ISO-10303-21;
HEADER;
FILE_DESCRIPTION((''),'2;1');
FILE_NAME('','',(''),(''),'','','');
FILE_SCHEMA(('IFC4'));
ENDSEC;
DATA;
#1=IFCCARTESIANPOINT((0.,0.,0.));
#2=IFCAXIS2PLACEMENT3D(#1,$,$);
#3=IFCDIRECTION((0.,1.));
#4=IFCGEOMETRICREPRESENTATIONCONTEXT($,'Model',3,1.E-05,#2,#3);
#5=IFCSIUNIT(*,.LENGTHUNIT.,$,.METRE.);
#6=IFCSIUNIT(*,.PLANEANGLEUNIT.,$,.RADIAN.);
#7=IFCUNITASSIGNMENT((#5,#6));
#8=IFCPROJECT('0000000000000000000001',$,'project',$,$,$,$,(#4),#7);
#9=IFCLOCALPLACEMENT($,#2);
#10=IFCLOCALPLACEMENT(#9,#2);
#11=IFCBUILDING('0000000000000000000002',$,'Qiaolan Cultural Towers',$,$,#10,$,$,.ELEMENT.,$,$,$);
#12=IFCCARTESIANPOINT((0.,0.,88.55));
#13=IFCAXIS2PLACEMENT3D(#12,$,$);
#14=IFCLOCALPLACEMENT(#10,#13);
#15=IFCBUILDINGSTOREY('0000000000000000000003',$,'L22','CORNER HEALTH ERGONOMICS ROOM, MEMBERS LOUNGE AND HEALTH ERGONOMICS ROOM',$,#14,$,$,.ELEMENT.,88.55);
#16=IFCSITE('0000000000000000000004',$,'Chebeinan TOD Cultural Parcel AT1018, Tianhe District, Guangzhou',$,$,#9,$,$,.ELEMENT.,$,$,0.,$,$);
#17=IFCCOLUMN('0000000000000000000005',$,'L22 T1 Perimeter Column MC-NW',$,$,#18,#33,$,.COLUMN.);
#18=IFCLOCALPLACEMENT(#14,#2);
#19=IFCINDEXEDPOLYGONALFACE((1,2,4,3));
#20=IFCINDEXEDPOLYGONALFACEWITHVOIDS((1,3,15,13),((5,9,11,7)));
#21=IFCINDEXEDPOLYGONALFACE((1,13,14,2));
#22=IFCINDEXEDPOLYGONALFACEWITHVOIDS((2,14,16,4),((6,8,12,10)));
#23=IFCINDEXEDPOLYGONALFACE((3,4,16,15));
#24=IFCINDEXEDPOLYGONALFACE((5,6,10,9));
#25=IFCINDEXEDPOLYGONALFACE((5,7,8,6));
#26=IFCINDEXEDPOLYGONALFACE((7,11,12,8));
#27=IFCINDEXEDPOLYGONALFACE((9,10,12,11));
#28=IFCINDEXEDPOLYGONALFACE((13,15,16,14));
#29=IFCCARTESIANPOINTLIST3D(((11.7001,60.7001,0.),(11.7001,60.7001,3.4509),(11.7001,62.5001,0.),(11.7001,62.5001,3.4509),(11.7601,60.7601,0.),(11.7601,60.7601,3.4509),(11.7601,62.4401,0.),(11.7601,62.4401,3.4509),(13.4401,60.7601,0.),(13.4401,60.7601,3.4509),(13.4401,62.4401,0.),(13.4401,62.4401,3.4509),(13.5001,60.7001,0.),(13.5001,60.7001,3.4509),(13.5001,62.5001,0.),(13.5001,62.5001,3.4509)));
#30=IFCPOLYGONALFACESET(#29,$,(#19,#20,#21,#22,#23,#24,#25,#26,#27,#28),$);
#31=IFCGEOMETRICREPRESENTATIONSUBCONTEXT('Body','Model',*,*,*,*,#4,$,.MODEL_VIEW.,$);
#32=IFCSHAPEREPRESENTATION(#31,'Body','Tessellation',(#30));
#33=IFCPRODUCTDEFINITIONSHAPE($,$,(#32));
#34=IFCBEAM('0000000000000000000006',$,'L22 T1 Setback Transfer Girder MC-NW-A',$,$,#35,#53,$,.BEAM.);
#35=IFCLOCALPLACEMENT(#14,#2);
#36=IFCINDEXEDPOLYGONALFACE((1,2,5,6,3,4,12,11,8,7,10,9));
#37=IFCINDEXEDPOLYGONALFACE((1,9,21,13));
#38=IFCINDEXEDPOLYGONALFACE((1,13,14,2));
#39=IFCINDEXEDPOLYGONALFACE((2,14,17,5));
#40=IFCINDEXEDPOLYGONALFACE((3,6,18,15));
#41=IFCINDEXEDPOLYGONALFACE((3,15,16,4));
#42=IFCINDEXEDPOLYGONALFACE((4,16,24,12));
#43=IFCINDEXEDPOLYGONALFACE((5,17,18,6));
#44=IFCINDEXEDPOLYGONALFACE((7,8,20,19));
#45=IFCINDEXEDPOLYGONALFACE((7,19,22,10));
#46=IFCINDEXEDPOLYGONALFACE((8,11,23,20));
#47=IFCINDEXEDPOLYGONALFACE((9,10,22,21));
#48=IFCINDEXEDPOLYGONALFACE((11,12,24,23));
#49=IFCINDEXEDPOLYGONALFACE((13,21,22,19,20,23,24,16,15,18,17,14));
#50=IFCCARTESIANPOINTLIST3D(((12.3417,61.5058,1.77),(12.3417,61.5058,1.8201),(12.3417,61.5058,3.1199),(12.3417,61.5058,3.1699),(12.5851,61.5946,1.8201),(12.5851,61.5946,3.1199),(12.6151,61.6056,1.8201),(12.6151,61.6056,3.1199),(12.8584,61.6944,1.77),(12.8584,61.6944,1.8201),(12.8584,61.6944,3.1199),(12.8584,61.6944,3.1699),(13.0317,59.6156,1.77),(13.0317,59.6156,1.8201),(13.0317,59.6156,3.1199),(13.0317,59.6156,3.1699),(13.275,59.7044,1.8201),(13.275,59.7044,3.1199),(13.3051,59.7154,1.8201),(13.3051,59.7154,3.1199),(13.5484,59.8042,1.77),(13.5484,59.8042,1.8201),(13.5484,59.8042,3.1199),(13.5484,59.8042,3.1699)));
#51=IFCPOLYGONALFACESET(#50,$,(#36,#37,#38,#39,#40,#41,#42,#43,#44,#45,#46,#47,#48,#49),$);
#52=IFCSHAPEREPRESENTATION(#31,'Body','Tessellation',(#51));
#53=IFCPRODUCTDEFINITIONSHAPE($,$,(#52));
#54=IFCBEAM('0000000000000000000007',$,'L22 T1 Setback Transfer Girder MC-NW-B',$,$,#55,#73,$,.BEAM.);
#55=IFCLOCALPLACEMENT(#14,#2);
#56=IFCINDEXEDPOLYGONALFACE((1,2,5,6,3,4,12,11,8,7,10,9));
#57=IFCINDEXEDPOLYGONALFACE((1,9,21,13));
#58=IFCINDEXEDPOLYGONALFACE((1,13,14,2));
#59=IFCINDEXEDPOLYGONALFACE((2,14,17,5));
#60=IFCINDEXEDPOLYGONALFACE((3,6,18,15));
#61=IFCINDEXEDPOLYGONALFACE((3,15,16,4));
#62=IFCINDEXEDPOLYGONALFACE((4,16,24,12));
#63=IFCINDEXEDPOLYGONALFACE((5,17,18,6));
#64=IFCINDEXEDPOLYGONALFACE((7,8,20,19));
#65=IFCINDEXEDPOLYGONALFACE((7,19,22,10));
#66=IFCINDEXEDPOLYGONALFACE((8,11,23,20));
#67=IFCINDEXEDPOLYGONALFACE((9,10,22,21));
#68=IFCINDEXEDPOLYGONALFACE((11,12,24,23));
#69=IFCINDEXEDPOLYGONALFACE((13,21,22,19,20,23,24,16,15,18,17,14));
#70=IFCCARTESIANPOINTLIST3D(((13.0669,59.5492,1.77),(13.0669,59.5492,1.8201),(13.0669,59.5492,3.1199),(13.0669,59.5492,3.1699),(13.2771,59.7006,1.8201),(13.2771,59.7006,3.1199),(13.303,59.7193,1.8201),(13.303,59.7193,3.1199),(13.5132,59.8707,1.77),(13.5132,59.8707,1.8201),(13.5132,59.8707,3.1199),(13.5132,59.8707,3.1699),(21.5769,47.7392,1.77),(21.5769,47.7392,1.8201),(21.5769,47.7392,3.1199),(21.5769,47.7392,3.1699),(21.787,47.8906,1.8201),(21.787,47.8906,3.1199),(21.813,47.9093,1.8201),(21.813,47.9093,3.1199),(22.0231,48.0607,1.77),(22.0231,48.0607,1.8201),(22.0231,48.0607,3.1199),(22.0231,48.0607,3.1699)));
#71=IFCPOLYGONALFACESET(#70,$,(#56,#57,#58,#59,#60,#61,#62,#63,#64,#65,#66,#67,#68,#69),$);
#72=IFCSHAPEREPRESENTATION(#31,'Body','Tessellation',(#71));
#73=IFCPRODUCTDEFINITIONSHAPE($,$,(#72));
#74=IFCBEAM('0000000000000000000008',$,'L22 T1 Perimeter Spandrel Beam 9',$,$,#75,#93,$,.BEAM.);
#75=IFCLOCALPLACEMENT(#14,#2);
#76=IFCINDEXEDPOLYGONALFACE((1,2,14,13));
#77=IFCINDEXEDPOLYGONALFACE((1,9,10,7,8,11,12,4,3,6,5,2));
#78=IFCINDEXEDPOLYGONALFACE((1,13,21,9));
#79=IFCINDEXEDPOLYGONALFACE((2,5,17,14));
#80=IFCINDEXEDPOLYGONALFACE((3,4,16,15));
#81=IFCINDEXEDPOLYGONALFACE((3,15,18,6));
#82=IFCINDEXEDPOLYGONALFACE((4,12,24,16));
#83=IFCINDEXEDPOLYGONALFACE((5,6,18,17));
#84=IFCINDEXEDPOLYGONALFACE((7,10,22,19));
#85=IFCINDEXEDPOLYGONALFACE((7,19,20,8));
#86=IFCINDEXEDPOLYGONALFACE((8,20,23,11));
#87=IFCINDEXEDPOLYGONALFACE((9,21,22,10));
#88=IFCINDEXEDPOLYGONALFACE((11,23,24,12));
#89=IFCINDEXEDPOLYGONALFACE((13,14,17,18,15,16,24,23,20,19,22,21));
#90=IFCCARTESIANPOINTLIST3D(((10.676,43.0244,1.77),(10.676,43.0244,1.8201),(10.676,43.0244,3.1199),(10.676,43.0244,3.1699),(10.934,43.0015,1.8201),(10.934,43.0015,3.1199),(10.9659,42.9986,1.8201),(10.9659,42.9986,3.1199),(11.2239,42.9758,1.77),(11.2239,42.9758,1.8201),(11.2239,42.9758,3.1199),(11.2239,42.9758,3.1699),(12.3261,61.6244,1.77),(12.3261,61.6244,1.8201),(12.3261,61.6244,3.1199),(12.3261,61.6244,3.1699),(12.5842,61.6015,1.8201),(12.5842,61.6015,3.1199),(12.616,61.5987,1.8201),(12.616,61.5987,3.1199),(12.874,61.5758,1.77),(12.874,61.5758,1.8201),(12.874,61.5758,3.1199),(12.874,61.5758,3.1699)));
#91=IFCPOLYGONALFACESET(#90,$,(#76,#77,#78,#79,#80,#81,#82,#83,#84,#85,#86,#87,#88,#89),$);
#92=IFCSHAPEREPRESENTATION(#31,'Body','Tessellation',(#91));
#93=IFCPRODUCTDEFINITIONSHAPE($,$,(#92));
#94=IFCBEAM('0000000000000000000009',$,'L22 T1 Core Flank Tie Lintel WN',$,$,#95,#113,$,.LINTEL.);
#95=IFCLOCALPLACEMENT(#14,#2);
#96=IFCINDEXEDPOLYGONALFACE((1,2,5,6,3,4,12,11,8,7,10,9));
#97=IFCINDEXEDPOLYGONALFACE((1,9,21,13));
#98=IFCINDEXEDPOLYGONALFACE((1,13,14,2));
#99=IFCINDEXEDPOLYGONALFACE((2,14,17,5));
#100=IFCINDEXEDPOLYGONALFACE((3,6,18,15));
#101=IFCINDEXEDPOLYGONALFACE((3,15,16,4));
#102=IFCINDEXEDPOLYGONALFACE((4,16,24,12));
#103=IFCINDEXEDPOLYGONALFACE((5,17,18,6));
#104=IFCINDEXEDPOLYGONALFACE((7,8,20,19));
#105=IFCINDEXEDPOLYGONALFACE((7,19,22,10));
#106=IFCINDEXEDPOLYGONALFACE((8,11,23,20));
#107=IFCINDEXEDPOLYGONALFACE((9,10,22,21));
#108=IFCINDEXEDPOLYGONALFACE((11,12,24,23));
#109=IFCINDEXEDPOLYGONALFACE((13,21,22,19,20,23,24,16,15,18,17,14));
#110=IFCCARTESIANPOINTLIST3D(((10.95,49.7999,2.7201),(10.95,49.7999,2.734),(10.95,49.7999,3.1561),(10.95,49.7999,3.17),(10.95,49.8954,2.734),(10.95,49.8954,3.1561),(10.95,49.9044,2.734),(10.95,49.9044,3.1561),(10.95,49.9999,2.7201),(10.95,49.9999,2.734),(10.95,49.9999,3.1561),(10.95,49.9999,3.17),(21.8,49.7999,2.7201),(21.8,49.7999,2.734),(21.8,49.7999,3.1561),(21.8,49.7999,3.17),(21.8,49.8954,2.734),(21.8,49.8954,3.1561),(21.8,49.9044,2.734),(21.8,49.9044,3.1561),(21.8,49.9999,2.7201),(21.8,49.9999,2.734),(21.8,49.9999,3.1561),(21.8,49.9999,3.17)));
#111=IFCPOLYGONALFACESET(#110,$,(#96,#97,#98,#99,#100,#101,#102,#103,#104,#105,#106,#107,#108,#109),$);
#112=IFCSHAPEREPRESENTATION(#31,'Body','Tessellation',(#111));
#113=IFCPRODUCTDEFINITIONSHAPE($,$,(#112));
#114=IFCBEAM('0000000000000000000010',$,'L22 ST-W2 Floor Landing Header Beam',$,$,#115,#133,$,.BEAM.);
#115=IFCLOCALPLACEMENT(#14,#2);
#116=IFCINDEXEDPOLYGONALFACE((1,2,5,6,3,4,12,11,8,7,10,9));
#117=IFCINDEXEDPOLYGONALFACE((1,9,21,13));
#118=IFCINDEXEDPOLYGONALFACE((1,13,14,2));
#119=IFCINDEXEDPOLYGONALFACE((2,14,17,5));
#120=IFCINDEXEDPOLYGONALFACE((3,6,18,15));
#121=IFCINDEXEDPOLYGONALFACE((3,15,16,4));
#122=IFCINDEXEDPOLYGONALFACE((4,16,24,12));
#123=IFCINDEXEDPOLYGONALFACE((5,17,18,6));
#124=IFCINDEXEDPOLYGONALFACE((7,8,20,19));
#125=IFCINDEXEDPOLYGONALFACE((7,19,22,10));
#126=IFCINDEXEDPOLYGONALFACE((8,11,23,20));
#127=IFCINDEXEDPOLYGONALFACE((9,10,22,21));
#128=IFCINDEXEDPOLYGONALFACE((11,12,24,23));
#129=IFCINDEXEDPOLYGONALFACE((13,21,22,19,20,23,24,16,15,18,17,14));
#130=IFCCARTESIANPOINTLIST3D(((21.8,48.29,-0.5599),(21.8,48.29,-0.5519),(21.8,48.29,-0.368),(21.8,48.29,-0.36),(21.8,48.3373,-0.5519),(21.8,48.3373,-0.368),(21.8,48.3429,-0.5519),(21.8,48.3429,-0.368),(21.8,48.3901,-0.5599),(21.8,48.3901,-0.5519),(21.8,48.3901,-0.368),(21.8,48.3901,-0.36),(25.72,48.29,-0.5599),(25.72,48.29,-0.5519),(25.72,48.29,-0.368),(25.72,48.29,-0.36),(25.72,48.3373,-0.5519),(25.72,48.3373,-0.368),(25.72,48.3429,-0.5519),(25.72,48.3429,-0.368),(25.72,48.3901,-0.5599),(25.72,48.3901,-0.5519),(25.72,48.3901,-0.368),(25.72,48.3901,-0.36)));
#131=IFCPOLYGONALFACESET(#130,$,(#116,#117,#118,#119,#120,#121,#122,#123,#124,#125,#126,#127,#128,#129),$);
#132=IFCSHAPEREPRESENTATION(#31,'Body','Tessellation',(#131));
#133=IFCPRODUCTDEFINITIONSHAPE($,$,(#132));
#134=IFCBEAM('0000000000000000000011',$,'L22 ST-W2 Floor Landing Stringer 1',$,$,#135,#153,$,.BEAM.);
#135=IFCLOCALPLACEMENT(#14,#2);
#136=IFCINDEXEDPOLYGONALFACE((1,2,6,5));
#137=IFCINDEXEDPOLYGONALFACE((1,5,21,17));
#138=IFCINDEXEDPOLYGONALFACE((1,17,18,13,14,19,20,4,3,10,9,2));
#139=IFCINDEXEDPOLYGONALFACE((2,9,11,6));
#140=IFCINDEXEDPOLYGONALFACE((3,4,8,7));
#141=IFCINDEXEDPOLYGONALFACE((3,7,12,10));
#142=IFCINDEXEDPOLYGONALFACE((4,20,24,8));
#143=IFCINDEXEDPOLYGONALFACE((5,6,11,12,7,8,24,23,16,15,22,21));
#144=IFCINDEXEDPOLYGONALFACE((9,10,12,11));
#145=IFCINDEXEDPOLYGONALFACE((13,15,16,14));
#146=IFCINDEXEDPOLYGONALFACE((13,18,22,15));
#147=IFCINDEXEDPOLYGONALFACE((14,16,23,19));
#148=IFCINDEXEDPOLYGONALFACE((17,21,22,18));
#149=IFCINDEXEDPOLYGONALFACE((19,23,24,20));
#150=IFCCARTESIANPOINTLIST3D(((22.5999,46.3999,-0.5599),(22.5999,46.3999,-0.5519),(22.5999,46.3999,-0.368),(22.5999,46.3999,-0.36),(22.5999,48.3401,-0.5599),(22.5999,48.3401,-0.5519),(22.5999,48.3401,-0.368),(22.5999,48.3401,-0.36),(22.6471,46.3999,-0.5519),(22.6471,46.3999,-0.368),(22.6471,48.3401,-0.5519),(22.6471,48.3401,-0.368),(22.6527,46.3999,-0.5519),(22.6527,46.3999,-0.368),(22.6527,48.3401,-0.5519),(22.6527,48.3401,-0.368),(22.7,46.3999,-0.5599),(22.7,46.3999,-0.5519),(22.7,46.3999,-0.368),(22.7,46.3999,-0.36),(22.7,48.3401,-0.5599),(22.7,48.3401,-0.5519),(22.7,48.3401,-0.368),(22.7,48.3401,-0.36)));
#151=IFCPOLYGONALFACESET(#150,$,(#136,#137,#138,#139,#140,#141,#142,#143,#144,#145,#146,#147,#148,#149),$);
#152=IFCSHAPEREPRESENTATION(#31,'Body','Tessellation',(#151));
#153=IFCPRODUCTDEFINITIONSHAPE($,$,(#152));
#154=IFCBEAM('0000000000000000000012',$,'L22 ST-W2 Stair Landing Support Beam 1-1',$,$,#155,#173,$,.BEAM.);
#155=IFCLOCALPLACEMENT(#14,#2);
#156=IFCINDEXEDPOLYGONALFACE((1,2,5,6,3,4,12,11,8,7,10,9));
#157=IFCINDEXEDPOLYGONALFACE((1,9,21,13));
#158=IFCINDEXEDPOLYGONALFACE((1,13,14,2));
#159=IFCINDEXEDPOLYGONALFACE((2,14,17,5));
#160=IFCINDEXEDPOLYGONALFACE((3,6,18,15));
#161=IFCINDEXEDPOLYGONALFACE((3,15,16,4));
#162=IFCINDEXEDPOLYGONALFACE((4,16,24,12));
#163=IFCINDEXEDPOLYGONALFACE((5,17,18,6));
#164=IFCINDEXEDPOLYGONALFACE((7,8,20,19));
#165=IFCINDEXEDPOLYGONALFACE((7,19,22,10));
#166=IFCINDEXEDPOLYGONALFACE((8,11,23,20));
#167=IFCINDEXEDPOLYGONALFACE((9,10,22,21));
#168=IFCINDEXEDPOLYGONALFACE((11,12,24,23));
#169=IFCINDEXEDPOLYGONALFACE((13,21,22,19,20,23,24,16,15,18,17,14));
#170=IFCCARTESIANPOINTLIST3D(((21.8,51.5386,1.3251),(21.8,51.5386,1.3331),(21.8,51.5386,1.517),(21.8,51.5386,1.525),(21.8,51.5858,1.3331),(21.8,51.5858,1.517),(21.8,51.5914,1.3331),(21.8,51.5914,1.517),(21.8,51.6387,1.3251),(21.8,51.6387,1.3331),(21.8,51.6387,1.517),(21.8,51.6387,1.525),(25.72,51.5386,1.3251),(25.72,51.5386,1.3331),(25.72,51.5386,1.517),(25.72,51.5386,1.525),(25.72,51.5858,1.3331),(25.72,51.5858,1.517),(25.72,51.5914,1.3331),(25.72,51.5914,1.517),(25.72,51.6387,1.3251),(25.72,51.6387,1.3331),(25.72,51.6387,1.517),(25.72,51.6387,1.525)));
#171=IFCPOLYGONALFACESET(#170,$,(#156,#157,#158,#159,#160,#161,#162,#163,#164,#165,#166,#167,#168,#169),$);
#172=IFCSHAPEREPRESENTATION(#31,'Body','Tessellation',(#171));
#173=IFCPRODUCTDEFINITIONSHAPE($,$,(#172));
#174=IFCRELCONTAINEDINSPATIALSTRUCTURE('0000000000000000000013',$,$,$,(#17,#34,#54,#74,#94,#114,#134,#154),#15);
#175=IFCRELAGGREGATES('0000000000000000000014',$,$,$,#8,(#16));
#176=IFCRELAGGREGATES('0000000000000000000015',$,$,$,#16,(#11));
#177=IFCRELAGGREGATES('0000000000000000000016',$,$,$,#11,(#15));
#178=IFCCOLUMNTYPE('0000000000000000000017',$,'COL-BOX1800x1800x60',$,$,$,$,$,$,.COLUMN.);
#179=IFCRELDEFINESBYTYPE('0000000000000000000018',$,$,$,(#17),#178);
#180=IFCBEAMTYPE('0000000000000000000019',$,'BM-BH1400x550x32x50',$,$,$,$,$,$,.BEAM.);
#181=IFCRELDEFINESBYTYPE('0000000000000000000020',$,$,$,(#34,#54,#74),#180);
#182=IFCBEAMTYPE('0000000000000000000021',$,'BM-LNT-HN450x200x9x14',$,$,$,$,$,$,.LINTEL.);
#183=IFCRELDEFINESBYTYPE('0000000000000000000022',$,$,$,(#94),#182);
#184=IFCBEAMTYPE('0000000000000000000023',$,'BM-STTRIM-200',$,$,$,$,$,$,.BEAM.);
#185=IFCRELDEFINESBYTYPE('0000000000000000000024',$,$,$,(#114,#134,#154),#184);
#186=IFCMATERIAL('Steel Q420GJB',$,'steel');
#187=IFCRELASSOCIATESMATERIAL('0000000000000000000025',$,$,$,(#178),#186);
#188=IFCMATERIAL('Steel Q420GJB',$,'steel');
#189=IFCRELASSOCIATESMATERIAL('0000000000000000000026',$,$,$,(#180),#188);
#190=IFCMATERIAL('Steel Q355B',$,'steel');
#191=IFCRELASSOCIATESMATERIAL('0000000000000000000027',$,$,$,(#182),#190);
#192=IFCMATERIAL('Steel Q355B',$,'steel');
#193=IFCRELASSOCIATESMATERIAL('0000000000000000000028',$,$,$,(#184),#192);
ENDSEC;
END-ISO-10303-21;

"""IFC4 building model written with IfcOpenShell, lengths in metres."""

from ifc_helpers import new_model, si_unit, direction, frame, origin, origin_2d, place, context, subcontext, project, spatial, hollow_rectangle, i_section, extrude, material, material_profile, profile_set, type_object, element, save


model = new_model("IFC4")

# Units and contexts
model_context = context("Model", 3, precision=1e-05, world=origin(), true_north=direction((0.0, 1.0)))
body_context = subcontext(model_context, "Body", "Model", "MODEL_VIEW")
ifc_project = project(units=[si_unit("LENGTHUNIT", "METRE"), si_unit("PLANEANGLEUNIT", "RADIAN")], contexts=[model_context])

# Site, building, storey
site_placement = place(None, origin())
site = spatial("IfcSite", under=ifc_project, at=site_placement, Name="Chebeinan TOD Cultural Parcel AT1018, Tianhe District, Guangzhou", CompositionType="ELEMENT", RefElevation=0.0)
building_placement = place(site_placement, origin())
building = spatial("IfcBuilding", under=site, at=building_placement, Name="Qiaolan Cultural Towers", CompositionType="ELEMENT")
storey_placement = place(building_placement, frame((0.0, 0.0, 88.55)))
storey = spatial("IfcBuildingStorey", under=building, at=storey_placement, Name="L22", Description="CORNER HEALTH ERGONOMICS ROOM, MEMBERS LOUNGE AND HEALTH ERGONOMICS ROOM", CompositionType="ELEMENT", Elevation=88.55)

# Column
ifc_material_1 = material(Name="Steel Q420GJB", Category="steel")
ifc_material_profile_1 = material_profile(ifc_material_1, hollow_rectangle(XDim=1.8, YDim=1.8, WallThickness=0.0601, at=origin_2d()), Name="BOX1800x1800x60")
ifc_profile_set_1 = profile_set([ifc_material_profile_1], Name="Steel Q420GJB")
column_type = type_object("IfcColumnType", Name="COL-BOX1800x1800x60", PredefinedType="COLUMN", material=ifc_profile_set_1)
column_placement = place(storey_placement, frame((12.6001, 61.6001, 0.0), z_axis=(0.0, 0.0, 1.0), x_axis=(1.0, 0.0, 0.0)))
element("IfcColumn", 1, at=column_placement, inside=storey, type_object=column_type, Name="L22 T1 Perimeter Column MC-NW", PredefinedType="COLUMN", context=body_context, shape_type="SweptSolid", body=[
    extrude(hollow_rectangle(XDim=1.8, YDim=1.8, WallThickness=0.0601, at=origin_2d()), origin(), (0.0, 0.0, 1.0), 3.4509),
])

# Beams
ifc_material_2 = material(Name="Steel Q420GJB", Category="steel")
ifc_material_profile_2 = material_profile(ifc_material_2, i_section(OverallWidth=0.55, OverallDepth=1.3999, WebThickness=0.032, FlangeThickness=0.05, at=origin_2d()), Name="BH1400x550x32x50")
ifc_profile_set_2 = profile_set([ifc_material_profile_2], Name="Steel Q420GJB")
beam_type_1 = type_object("IfcBeamType", Name="BM-BH1400x550x32x50", PredefinedType="BEAM", material=ifc_profile_set_2)
beam_1_placement = place(storey_placement, frame((12.6001, 61.6001, 2.47), z_axis=(0.342892, -0.939375, 0.0), x_axis=(0.939375, 0.342892, 0.0)))
element("IfcBeam", 2, at=beam_1_placement, inside=storey, type_object=beam_type_1, Name="L22 T1 Setback Transfer Girder MC-NW-A", PredefinedType="BEAM", context=body_context, shape_type="SweptSolid", body=[
    extrude(i_section(OverallWidth=0.55, OverallDepth=1.3999, WebThickness=0.032, FlangeThickness=0.05, at=origin_2d()), origin(), (0.0, 0.0, 1.0), 2.0122),
])
beam_2_placement = place(storey_placement, frame((13.29, 59.71, 2.47), z_axis=(0.584611, -0.811314, 0.0), x_axis=(0.811314, 0.584611, 0.0)))
element("IfcBeam", 3, at=beam_2_placement, inside=storey, type_object=beam_type_1, Name="L22 T1 Setback Transfer Girder MC-NW-B", PredefinedType="BEAM", context=body_context, shape_type="SweptSolid", body=[
    extrude(i_section(OverallWidth=0.55, OverallDepth=1.3999, WebThickness=0.032, FlangeThickness=0.05, at=origin_2d()), origin(), (0.0, 0.0, 1.0), 14.5566),
])
beam_3_placement = place(storey_placement, frame((12.6001, 61.6001, 2.47), z_axis=(-0.08837, -0.996088, 0.0), x_axis=(0.996088, -0.08837, 0.0)))
element("IfcBeam", 4, at=beam_3_placement, inside=storey, type_object=beam_type_1, Name="L22 T1 Perimeter Spandrel Beam 9", PredefinedType="BEAM", context=body_context, shape_type="SweptSolid", body=[
    extrude(i_section(OverallWidth=0.55, OverallDepth=1.3999, WebThickness=0.032, FlangeThickness=0.05, at=origin_2d()), origin(), (0.0, 0.0, 1.0), 18.6731),
])
ifc_material_3 = material(Name="Steel Q355B", Category="steel")
ifc_material_profile_3 = material_profile(ifc_material_3, i_section(OverallWidth=0.2, OverallDepth=0.45, WebThickness=0.009, FlangeThickness=0.0139, at=origin_2d()), Name="HN450x200x9x14")
ifc_profile_set_3 = profile_set([ifc_material_profile_3], Name="Steel Q355B")
beam_type_2 = type_object("IfcBeamType", Name="BM-LNT-HN450x200x9x14", PredefinedType="LINTEL", material=ifc_profile_set_3)
beam_4_placement = place(storey_placement, frame((21.8, 49.8999, 2.9451), z_axis=(-1.0, 0.0, 0.0), x_axis=(0.0, -1.0, 0.0)))
element("IfcBeam", 5, at=beam_4_placement, inside=storey, type_object=beam_type_2, Name="L22 T1 Core Flank Tie Lintel WN", PredefinedType="LINTEL", context=body_context, shape_type="SweptSolid", body=[
    extrude(i_section(OverallWidth=0.2, OverallDepth=0.45, WebThickness=0.009, FlangeThickness=0.0139, at=origin_2d()), origin(), (0.0, 0.0, 1.0), 10.8501),
])
ifc_material_4 = material(Name="Steel Q355B", Category="steel")
ifc_material_profile_4 = material_profile(ifc_material_4, i_section(OverallWidth=0.1001, OverallDepth=0.2, WebThickness=0.0056, FlangeThickness=0.0081, at=origin_2d()), Name="HN200x100x5.5x8")
ifc_profile_set_4 = profile_set([ifc_material_profile_4], Name="Steel Q355B")
beam_type_3 = type_object("IfcBeamType", Name="BM-STTRIM-200", PredefinedType="BEAM", material=ifc_profile_set_4)
beam_5_placement = place(storey_placement, frame((21.8, 48.3401, -0.46), z_axis=(1.0, 0.0, 0.0), x_axis=(0.0, 1.0, 0.0)))
element("IfcBeam", 6, at=beam_5_placement, inside=storey, type_object=beam_type_3, Name="L22 ST-W2 Floor Landing Header Beam", PredefinedType="BEAM", context=body_context, shape_type="SweptSolid", body=[
    extrude(i_section(OverallWidth=0.1001, OverallDepth=0.2, WebThickness=0.0056, FlangeThickness=0.0081, at=origin_2d()), origin(), (0.0, 0.0, 1.0), 3.9199),
])
beam_6_placement = place(storey_placement, frame((22.6499, 46.3999, -0.46), z_axis=(0.0, 1.0, 0.0), x_axis=(-1.0, 0.0, 0.0)))
element("IfcBeam", 7, at=beam_6_placement, inside=storey, type_object=beam_type_3, Name="L22 ST-W2 Floor Landing Stringer 1", PredefinedType="BEAM", context=body_context, shape_type="SweptSolid", body=[
    extrude(i_section(OverallWidth=0.1001, OverallDepth=0.2, WebThickness=0.0056, FlangeThickness=0.0081, at=origin_2d()), origin(), (0.0, 0.0, 1.0), 1.9402),
])
for number, where, z_axis, x_axis, name in (
    (8, (21.8, 51.5886, 1.425), (1.0, 0.0, 0.0), (0.0, 1.0, 0.0), "L22 ST-W2 Stair Landing Support Beam 1-1"),
):
    element("IfcBeam", number, at=place(storey_placement, frame(where, z_axis=z_axis, x_axis=x_axis)), inside=storey, type_object=beam_type_3, Name=name, PredefinedType="BEAM", context=body_context, shape_type="SweptSolid", body=[
        extrude(i_section(OverallWidth=0.1001, OverallDepth=0.2, WebThickness=0.0056, FlangeThickness=0.0081, at=origin_2d()), origin(), (0.0, 0.0, 1.0), 3.9199),
    ])

save(model, "model.ifc")
